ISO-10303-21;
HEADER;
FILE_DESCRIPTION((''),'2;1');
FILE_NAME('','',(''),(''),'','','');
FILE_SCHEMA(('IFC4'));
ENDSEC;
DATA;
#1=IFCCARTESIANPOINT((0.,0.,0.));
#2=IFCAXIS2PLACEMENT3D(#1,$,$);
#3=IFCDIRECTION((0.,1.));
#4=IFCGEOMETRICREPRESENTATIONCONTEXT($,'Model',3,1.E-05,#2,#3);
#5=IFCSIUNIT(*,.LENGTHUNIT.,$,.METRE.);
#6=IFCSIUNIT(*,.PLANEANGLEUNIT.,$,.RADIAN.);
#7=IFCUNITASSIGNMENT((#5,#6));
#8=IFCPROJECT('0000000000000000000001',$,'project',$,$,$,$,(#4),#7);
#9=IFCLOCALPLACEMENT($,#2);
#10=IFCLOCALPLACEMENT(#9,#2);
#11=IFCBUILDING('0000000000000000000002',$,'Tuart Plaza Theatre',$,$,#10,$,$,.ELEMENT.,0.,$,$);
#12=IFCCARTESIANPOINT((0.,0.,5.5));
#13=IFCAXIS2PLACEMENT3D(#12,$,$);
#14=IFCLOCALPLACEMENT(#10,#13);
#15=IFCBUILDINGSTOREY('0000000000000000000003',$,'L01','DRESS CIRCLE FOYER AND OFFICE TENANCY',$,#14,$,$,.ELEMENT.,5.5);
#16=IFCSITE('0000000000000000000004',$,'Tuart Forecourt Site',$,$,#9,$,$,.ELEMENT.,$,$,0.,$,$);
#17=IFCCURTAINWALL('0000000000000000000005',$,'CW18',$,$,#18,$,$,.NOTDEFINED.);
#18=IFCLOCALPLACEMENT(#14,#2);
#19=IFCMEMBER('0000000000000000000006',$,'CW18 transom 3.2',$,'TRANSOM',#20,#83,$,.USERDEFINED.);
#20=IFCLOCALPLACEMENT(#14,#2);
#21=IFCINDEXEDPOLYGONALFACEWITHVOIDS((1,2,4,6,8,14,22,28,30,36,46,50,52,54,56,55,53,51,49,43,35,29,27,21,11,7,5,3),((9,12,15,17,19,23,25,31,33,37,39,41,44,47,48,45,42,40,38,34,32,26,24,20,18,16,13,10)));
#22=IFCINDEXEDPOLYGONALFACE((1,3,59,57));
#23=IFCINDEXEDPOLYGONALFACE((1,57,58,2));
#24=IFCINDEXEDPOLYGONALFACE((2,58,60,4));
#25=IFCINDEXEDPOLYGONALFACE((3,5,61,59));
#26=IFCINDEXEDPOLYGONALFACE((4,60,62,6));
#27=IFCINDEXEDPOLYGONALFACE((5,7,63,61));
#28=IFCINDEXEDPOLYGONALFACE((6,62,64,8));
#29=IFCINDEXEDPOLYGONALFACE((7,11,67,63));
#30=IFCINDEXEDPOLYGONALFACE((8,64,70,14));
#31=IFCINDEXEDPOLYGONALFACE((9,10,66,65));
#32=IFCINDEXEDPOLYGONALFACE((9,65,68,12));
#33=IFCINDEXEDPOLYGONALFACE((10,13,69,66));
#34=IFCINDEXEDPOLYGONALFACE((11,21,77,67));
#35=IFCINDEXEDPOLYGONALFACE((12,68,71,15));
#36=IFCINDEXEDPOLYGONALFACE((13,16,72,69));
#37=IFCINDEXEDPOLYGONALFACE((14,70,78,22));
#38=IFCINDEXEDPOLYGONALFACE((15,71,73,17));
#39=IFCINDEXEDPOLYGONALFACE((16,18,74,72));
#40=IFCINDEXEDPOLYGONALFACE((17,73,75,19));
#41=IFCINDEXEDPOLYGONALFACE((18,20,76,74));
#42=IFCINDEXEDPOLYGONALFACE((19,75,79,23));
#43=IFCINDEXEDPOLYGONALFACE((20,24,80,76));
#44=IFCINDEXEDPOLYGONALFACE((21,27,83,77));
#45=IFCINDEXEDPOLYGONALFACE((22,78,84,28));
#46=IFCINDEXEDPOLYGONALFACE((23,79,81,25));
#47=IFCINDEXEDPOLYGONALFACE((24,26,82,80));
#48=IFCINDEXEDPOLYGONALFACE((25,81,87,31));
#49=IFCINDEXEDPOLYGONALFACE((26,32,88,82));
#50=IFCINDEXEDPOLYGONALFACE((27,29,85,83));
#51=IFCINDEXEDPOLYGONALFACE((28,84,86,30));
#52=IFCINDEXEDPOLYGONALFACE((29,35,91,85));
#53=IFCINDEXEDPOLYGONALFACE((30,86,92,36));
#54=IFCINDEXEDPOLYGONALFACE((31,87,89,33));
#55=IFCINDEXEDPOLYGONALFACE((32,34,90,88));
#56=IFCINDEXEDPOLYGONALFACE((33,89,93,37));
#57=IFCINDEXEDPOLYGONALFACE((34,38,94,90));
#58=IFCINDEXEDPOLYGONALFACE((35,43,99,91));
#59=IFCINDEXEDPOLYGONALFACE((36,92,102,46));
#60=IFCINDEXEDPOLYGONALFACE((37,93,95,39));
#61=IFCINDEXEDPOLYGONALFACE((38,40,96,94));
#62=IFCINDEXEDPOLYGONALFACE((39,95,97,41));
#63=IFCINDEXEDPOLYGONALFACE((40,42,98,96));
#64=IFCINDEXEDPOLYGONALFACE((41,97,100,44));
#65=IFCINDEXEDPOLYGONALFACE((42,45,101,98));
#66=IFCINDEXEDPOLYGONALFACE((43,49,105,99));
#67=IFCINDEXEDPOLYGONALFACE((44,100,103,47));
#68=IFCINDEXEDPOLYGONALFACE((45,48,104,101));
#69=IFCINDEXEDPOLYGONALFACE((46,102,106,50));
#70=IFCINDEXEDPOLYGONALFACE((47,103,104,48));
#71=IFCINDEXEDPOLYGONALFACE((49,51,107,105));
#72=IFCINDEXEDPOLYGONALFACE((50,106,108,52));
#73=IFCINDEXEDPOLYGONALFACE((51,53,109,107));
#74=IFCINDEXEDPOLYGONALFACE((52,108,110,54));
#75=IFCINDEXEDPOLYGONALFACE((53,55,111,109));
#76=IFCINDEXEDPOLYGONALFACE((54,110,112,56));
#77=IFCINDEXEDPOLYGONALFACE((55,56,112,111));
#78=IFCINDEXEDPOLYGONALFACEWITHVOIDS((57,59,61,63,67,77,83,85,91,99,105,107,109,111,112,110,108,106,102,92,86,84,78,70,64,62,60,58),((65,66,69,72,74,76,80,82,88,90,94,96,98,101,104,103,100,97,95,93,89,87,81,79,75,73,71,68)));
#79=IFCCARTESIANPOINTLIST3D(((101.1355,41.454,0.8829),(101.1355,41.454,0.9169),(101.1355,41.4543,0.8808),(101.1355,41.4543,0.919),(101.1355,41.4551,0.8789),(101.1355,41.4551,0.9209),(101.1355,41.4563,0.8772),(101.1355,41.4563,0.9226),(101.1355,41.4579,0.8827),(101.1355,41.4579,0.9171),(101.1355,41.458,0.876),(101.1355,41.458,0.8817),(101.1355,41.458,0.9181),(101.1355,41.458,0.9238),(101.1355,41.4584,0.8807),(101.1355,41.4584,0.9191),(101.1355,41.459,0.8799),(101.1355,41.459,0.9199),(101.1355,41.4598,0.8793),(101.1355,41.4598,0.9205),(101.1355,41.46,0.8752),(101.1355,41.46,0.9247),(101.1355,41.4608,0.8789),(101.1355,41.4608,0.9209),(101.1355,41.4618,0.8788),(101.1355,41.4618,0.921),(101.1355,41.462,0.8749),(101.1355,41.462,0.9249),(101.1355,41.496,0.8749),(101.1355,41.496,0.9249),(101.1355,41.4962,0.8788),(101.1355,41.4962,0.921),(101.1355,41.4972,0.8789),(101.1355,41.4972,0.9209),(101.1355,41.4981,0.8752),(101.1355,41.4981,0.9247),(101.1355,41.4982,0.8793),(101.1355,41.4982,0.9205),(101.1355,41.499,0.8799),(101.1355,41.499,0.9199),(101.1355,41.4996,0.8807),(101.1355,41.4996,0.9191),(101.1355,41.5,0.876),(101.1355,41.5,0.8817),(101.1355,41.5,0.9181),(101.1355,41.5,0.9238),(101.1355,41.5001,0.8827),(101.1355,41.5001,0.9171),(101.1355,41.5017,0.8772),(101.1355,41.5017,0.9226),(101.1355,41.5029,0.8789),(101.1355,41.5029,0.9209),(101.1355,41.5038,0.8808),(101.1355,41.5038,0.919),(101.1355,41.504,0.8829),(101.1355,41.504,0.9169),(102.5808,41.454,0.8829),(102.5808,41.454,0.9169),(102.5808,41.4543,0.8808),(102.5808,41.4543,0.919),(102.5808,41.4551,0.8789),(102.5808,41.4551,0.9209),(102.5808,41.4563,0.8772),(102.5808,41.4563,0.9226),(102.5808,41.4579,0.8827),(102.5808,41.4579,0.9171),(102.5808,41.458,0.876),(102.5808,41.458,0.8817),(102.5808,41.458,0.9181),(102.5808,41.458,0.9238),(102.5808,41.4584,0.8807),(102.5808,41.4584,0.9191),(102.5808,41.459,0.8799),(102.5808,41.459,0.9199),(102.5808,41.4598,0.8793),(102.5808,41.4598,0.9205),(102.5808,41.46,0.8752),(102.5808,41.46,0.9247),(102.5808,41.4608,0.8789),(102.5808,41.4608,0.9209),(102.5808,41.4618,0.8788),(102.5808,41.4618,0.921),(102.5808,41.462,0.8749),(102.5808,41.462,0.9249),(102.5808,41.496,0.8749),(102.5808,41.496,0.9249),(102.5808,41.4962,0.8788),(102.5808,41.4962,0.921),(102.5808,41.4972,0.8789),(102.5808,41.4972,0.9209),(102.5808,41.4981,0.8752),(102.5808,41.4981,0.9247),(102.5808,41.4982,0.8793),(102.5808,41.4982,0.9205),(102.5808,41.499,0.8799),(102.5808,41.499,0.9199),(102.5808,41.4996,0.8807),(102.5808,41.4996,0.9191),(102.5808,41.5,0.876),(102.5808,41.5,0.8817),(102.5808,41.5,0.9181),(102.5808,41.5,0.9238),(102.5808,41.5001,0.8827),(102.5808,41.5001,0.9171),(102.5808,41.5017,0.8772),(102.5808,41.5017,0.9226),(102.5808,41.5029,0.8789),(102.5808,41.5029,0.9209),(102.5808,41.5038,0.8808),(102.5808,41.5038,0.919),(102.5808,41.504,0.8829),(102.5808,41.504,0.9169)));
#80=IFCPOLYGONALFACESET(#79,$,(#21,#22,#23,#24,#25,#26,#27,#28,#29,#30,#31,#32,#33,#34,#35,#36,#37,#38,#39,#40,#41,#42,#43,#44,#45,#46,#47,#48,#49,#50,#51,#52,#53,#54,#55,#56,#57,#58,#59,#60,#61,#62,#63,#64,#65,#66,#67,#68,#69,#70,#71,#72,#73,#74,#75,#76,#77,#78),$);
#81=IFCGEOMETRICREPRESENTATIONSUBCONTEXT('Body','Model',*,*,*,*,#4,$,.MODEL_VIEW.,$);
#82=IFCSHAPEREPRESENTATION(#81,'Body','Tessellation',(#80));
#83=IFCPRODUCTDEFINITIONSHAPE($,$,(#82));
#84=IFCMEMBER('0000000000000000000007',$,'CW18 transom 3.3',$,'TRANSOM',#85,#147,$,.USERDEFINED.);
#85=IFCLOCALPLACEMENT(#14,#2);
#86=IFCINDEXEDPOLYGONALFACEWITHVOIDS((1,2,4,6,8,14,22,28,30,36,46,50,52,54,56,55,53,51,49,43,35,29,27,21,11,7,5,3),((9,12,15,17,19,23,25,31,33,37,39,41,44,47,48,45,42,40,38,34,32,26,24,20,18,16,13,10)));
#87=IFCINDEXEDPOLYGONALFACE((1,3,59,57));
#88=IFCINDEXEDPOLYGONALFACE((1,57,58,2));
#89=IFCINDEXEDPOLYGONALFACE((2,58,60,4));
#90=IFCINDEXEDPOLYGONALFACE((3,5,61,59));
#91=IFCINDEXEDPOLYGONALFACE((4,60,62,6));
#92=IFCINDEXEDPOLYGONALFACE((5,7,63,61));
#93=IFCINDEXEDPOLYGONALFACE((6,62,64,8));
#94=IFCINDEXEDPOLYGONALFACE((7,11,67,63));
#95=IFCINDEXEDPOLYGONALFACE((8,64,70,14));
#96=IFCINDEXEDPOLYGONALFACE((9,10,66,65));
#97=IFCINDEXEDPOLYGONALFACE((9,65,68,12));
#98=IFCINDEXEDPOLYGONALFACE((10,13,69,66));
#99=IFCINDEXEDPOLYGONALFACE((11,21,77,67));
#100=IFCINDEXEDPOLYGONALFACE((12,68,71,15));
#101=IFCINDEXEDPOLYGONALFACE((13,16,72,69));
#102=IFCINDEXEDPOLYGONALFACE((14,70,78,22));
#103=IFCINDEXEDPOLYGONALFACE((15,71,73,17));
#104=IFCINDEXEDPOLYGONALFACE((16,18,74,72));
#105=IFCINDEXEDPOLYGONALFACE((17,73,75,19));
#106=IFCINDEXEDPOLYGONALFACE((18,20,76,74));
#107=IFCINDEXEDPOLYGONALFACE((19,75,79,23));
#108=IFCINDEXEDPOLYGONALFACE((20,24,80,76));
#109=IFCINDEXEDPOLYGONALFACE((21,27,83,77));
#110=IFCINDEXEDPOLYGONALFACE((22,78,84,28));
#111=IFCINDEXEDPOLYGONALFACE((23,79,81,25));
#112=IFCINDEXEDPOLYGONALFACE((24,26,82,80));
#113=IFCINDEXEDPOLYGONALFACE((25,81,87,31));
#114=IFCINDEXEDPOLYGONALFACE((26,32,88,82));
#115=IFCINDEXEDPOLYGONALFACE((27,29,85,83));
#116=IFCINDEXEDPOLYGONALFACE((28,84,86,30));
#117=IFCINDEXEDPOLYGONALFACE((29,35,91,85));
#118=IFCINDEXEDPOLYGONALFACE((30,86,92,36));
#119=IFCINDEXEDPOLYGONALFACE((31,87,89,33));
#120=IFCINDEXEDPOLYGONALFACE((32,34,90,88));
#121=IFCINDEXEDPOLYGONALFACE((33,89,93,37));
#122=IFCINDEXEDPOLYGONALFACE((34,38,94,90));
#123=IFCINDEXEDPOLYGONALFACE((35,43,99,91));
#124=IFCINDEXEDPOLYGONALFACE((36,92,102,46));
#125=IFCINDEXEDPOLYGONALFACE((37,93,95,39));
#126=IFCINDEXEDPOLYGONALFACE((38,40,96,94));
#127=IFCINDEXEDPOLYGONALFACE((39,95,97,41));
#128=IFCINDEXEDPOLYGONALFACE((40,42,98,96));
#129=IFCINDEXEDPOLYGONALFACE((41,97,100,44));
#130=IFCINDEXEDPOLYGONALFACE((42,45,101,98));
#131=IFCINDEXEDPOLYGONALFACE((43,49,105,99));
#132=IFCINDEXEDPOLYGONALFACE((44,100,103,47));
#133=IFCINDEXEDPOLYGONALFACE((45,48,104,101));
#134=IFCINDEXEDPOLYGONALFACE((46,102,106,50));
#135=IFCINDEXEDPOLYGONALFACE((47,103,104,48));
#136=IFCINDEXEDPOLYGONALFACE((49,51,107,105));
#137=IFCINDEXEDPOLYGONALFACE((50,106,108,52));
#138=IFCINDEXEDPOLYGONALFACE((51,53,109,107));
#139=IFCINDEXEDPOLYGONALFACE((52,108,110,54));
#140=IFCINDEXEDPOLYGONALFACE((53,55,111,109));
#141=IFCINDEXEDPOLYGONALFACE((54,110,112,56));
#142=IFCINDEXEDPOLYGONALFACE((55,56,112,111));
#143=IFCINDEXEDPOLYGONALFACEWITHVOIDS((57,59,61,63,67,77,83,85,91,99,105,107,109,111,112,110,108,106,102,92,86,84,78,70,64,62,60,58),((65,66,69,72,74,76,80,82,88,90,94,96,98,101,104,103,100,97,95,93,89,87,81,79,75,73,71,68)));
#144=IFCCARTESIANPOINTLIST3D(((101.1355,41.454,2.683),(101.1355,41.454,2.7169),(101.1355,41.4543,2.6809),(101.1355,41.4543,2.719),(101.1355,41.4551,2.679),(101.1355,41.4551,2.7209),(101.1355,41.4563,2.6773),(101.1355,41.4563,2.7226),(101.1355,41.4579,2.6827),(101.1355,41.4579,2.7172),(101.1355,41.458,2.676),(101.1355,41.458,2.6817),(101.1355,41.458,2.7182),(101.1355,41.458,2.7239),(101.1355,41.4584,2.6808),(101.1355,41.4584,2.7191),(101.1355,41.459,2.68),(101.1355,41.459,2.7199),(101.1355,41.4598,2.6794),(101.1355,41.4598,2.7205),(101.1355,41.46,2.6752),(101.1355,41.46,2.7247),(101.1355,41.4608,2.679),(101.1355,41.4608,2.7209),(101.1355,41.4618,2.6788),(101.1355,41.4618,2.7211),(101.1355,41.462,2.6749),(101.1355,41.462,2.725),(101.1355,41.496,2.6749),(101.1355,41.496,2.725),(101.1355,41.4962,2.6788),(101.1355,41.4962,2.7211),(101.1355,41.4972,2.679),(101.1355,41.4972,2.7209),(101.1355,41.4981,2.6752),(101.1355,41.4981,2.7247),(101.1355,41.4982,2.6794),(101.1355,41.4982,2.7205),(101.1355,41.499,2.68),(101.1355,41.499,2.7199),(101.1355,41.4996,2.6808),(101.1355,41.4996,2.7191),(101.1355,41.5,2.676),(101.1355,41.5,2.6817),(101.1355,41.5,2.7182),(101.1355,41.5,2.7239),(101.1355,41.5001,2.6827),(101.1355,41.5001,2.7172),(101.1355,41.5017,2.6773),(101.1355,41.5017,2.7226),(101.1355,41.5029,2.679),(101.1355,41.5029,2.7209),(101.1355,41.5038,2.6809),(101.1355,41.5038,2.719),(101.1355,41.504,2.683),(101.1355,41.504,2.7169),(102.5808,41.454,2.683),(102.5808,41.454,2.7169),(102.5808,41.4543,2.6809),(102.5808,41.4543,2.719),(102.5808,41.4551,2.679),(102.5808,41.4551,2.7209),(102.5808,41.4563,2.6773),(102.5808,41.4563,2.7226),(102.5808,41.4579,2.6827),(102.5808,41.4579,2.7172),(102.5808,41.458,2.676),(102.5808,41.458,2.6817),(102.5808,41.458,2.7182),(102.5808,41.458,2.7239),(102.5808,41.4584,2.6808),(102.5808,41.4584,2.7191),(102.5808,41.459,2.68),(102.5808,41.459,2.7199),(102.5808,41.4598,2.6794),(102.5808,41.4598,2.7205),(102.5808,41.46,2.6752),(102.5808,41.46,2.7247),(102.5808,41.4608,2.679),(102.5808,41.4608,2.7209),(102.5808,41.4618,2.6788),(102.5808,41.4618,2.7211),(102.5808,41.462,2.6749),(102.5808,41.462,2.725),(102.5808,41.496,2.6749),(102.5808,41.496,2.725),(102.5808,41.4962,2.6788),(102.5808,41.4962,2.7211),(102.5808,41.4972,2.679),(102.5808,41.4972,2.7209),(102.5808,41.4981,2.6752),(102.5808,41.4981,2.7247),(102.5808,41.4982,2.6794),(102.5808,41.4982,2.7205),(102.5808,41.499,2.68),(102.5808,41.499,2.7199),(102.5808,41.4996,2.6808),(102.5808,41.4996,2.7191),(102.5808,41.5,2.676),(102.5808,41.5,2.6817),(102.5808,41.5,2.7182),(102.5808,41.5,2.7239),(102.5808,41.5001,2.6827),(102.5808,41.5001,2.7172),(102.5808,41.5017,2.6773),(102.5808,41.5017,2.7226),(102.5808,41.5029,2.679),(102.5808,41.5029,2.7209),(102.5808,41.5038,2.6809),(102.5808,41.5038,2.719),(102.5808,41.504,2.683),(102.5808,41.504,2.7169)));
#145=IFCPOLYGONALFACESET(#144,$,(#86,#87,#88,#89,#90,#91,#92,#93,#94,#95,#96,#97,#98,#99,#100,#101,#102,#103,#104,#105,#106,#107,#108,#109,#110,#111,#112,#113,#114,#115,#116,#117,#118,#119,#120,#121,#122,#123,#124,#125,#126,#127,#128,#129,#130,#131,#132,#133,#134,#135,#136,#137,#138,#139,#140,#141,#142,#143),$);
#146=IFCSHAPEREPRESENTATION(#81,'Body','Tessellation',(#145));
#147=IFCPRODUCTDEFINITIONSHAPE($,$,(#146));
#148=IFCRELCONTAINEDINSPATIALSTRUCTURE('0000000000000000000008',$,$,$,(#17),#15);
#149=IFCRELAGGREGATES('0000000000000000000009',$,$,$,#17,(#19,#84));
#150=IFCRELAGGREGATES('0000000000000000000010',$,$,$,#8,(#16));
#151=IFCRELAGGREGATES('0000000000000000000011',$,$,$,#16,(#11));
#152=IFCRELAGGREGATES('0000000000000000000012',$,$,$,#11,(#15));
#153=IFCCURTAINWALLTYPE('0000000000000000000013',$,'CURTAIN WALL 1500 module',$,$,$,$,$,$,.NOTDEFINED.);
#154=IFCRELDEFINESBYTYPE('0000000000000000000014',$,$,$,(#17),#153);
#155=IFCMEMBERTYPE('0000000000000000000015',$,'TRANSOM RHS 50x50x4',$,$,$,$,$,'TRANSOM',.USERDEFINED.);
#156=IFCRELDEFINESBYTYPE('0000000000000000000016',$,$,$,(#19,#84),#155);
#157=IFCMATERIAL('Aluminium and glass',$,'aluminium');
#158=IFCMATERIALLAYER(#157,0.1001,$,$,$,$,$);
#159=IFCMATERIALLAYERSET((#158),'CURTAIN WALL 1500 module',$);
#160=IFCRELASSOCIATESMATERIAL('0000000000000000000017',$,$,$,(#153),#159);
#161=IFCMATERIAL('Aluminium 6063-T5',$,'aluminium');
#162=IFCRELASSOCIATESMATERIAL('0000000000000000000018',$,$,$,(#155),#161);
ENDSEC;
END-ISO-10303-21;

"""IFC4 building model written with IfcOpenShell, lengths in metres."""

from ifc_helpers import new_model, si_unit, direction, frame, origin, origin_2d, place, context, subcontext, project, spatial, hollow_rectangle, extrude, material, layer, layer_set, material_profile, profile_set, type_object, element, aggregate, save


model = new_model("IFC4")

# Units and contexts
model_context = context("Model", 3, precision=1e-05, world=origin(), true_north=direction((0.0, 1.0)))
body_context = subcontext(model_context, "Body", "Model", "MODEL_VIEW")
ifc_project = project(units=[si_unit("LENGTHUNIT", "METRE"), si_unit("PLANEANGLEUNIT", "RADIAN")], contexts=[model_context])

# Site, building, storey
site_placement = place(None, origin())
site = spatial("IfcSite", under=ifc_project, at=site_placement, Name="Tuart Forecourt Site", CompositionType="ELEMENT", RefElevation=0.0)
building_placement = place(site_placement, origin())
building = spatial("IfcBuilding", under=site, at=building_placement, Name="Tuart Plaza Theatre", CompositionType="ELEMENT", ElevationOfRefHeight=0.0)
storey_placement = place(building_placement, frame((0.0, 0.0, 5.5)))
storey = spatial("IfcBuildingStorey", under=building, at=storey_placement, Name="L01", Description="DRESS CIRCLE FOYER AND OFFICE TENANCY", CompositionType="ELEMENT", Elevation=5.5)

# Curtain wall, members
ifc_material_1 = material(Name="Aluminium and glass", Category="aluminium")
ifc_layer_1 = layer(ifc_material_1, 0.1001)
ifc_layer_set_1 = layer_set([ifc_layer_1], Name="CURTAIN WALL 1500 module")
curtain_wall_type = type_object("IfcCurtainWallType", Name="CURTAIN WALL 1500 module", PredefinedType="NOTDEFINED", material=ifc_layer_set_1)
curtain_wall_placement = place(storey_placement, origin())
curtain_wall = element("IfcCurtainWall", 1, at=curtain_wall_placement, inside=storey, type_object=curtain_wall_type, Name="CW18", PredefinedType="NOTDEFINED")
ifc_material_2 = material(Name="Aluminium 6063-T5", Category="aluminium")
ifc_material_profile_1 = material_profile(ifc_material_2, hollow_rectangle(XDim=0.05, YDim=0.05, WallThickness=0.0039, InnerFilletRadius=0.0039, OuterFilletRadius=0.0081, at=origin_2d()), Name="RHS 50x50x4")
ifc_profile_set_1 = profile_set([ifc_material_profile_1], Name="Aluminium 6063-T5")
member_type_1 = type_object("IfcMemberType", Name="TRANSOM RHS 50x50x4", ElementType="TRANSOM", PredefinedType="USERDEFINED", material=ifc_profile_set_1)
member_1_placement = place(storey_placement, frame((101.1355, 41.479, 0.8999), z_axis=(1.0, 0.0, 0.0), x_axis=(0.0, 1.0, 0.0)))
member_1 = element("IfcMember", 2, at=member_1_placement, type_object=member_type_1, Name="CW18 transom 3.2", ObjectType="TRANSOM", PredefinedType="USERDEFINED", context=body_context, shape_type="SweptSolid", body=[
    extrude(hollow_rectangle(XDim=0.05, YDim=0.05, WallThickness=0.0039, InnerFilletRadius=0.0039, OuterFilletRadius=0.0081, at=origin_2d()), origin(), (0.0, 0.0, 1.0), 1.4453),
])
member_2_placement = place(storey_placement, frame((101.1355, 41.479, 2.7), z_axis=(1.0, 0.0, 0.0), x_axis=(0.0, 1.0, 0.0)))
member_2 = element("IfcMember", 3, at=member_2_placement, type_object=member_type_1, Name="CW18 transom 3.3", ObjectType="TRANSOM", PredefinedType="USERDEFINED", context=body_context, shape_type="SweptSolid", body=[
    extrude(hollow_rectangle(XDim=0.05, YDim=0.05, WallThickness=0.0039, InnerFilletRadius=0.0039, OuterFilletRadius=0.0081, at=origin_2d()), origin(), (0.0, 0.0, 1.0), 1.4453),
])
aggregate(curtain_wall, [member_1, member_2])

save(model, "model.ifc")
